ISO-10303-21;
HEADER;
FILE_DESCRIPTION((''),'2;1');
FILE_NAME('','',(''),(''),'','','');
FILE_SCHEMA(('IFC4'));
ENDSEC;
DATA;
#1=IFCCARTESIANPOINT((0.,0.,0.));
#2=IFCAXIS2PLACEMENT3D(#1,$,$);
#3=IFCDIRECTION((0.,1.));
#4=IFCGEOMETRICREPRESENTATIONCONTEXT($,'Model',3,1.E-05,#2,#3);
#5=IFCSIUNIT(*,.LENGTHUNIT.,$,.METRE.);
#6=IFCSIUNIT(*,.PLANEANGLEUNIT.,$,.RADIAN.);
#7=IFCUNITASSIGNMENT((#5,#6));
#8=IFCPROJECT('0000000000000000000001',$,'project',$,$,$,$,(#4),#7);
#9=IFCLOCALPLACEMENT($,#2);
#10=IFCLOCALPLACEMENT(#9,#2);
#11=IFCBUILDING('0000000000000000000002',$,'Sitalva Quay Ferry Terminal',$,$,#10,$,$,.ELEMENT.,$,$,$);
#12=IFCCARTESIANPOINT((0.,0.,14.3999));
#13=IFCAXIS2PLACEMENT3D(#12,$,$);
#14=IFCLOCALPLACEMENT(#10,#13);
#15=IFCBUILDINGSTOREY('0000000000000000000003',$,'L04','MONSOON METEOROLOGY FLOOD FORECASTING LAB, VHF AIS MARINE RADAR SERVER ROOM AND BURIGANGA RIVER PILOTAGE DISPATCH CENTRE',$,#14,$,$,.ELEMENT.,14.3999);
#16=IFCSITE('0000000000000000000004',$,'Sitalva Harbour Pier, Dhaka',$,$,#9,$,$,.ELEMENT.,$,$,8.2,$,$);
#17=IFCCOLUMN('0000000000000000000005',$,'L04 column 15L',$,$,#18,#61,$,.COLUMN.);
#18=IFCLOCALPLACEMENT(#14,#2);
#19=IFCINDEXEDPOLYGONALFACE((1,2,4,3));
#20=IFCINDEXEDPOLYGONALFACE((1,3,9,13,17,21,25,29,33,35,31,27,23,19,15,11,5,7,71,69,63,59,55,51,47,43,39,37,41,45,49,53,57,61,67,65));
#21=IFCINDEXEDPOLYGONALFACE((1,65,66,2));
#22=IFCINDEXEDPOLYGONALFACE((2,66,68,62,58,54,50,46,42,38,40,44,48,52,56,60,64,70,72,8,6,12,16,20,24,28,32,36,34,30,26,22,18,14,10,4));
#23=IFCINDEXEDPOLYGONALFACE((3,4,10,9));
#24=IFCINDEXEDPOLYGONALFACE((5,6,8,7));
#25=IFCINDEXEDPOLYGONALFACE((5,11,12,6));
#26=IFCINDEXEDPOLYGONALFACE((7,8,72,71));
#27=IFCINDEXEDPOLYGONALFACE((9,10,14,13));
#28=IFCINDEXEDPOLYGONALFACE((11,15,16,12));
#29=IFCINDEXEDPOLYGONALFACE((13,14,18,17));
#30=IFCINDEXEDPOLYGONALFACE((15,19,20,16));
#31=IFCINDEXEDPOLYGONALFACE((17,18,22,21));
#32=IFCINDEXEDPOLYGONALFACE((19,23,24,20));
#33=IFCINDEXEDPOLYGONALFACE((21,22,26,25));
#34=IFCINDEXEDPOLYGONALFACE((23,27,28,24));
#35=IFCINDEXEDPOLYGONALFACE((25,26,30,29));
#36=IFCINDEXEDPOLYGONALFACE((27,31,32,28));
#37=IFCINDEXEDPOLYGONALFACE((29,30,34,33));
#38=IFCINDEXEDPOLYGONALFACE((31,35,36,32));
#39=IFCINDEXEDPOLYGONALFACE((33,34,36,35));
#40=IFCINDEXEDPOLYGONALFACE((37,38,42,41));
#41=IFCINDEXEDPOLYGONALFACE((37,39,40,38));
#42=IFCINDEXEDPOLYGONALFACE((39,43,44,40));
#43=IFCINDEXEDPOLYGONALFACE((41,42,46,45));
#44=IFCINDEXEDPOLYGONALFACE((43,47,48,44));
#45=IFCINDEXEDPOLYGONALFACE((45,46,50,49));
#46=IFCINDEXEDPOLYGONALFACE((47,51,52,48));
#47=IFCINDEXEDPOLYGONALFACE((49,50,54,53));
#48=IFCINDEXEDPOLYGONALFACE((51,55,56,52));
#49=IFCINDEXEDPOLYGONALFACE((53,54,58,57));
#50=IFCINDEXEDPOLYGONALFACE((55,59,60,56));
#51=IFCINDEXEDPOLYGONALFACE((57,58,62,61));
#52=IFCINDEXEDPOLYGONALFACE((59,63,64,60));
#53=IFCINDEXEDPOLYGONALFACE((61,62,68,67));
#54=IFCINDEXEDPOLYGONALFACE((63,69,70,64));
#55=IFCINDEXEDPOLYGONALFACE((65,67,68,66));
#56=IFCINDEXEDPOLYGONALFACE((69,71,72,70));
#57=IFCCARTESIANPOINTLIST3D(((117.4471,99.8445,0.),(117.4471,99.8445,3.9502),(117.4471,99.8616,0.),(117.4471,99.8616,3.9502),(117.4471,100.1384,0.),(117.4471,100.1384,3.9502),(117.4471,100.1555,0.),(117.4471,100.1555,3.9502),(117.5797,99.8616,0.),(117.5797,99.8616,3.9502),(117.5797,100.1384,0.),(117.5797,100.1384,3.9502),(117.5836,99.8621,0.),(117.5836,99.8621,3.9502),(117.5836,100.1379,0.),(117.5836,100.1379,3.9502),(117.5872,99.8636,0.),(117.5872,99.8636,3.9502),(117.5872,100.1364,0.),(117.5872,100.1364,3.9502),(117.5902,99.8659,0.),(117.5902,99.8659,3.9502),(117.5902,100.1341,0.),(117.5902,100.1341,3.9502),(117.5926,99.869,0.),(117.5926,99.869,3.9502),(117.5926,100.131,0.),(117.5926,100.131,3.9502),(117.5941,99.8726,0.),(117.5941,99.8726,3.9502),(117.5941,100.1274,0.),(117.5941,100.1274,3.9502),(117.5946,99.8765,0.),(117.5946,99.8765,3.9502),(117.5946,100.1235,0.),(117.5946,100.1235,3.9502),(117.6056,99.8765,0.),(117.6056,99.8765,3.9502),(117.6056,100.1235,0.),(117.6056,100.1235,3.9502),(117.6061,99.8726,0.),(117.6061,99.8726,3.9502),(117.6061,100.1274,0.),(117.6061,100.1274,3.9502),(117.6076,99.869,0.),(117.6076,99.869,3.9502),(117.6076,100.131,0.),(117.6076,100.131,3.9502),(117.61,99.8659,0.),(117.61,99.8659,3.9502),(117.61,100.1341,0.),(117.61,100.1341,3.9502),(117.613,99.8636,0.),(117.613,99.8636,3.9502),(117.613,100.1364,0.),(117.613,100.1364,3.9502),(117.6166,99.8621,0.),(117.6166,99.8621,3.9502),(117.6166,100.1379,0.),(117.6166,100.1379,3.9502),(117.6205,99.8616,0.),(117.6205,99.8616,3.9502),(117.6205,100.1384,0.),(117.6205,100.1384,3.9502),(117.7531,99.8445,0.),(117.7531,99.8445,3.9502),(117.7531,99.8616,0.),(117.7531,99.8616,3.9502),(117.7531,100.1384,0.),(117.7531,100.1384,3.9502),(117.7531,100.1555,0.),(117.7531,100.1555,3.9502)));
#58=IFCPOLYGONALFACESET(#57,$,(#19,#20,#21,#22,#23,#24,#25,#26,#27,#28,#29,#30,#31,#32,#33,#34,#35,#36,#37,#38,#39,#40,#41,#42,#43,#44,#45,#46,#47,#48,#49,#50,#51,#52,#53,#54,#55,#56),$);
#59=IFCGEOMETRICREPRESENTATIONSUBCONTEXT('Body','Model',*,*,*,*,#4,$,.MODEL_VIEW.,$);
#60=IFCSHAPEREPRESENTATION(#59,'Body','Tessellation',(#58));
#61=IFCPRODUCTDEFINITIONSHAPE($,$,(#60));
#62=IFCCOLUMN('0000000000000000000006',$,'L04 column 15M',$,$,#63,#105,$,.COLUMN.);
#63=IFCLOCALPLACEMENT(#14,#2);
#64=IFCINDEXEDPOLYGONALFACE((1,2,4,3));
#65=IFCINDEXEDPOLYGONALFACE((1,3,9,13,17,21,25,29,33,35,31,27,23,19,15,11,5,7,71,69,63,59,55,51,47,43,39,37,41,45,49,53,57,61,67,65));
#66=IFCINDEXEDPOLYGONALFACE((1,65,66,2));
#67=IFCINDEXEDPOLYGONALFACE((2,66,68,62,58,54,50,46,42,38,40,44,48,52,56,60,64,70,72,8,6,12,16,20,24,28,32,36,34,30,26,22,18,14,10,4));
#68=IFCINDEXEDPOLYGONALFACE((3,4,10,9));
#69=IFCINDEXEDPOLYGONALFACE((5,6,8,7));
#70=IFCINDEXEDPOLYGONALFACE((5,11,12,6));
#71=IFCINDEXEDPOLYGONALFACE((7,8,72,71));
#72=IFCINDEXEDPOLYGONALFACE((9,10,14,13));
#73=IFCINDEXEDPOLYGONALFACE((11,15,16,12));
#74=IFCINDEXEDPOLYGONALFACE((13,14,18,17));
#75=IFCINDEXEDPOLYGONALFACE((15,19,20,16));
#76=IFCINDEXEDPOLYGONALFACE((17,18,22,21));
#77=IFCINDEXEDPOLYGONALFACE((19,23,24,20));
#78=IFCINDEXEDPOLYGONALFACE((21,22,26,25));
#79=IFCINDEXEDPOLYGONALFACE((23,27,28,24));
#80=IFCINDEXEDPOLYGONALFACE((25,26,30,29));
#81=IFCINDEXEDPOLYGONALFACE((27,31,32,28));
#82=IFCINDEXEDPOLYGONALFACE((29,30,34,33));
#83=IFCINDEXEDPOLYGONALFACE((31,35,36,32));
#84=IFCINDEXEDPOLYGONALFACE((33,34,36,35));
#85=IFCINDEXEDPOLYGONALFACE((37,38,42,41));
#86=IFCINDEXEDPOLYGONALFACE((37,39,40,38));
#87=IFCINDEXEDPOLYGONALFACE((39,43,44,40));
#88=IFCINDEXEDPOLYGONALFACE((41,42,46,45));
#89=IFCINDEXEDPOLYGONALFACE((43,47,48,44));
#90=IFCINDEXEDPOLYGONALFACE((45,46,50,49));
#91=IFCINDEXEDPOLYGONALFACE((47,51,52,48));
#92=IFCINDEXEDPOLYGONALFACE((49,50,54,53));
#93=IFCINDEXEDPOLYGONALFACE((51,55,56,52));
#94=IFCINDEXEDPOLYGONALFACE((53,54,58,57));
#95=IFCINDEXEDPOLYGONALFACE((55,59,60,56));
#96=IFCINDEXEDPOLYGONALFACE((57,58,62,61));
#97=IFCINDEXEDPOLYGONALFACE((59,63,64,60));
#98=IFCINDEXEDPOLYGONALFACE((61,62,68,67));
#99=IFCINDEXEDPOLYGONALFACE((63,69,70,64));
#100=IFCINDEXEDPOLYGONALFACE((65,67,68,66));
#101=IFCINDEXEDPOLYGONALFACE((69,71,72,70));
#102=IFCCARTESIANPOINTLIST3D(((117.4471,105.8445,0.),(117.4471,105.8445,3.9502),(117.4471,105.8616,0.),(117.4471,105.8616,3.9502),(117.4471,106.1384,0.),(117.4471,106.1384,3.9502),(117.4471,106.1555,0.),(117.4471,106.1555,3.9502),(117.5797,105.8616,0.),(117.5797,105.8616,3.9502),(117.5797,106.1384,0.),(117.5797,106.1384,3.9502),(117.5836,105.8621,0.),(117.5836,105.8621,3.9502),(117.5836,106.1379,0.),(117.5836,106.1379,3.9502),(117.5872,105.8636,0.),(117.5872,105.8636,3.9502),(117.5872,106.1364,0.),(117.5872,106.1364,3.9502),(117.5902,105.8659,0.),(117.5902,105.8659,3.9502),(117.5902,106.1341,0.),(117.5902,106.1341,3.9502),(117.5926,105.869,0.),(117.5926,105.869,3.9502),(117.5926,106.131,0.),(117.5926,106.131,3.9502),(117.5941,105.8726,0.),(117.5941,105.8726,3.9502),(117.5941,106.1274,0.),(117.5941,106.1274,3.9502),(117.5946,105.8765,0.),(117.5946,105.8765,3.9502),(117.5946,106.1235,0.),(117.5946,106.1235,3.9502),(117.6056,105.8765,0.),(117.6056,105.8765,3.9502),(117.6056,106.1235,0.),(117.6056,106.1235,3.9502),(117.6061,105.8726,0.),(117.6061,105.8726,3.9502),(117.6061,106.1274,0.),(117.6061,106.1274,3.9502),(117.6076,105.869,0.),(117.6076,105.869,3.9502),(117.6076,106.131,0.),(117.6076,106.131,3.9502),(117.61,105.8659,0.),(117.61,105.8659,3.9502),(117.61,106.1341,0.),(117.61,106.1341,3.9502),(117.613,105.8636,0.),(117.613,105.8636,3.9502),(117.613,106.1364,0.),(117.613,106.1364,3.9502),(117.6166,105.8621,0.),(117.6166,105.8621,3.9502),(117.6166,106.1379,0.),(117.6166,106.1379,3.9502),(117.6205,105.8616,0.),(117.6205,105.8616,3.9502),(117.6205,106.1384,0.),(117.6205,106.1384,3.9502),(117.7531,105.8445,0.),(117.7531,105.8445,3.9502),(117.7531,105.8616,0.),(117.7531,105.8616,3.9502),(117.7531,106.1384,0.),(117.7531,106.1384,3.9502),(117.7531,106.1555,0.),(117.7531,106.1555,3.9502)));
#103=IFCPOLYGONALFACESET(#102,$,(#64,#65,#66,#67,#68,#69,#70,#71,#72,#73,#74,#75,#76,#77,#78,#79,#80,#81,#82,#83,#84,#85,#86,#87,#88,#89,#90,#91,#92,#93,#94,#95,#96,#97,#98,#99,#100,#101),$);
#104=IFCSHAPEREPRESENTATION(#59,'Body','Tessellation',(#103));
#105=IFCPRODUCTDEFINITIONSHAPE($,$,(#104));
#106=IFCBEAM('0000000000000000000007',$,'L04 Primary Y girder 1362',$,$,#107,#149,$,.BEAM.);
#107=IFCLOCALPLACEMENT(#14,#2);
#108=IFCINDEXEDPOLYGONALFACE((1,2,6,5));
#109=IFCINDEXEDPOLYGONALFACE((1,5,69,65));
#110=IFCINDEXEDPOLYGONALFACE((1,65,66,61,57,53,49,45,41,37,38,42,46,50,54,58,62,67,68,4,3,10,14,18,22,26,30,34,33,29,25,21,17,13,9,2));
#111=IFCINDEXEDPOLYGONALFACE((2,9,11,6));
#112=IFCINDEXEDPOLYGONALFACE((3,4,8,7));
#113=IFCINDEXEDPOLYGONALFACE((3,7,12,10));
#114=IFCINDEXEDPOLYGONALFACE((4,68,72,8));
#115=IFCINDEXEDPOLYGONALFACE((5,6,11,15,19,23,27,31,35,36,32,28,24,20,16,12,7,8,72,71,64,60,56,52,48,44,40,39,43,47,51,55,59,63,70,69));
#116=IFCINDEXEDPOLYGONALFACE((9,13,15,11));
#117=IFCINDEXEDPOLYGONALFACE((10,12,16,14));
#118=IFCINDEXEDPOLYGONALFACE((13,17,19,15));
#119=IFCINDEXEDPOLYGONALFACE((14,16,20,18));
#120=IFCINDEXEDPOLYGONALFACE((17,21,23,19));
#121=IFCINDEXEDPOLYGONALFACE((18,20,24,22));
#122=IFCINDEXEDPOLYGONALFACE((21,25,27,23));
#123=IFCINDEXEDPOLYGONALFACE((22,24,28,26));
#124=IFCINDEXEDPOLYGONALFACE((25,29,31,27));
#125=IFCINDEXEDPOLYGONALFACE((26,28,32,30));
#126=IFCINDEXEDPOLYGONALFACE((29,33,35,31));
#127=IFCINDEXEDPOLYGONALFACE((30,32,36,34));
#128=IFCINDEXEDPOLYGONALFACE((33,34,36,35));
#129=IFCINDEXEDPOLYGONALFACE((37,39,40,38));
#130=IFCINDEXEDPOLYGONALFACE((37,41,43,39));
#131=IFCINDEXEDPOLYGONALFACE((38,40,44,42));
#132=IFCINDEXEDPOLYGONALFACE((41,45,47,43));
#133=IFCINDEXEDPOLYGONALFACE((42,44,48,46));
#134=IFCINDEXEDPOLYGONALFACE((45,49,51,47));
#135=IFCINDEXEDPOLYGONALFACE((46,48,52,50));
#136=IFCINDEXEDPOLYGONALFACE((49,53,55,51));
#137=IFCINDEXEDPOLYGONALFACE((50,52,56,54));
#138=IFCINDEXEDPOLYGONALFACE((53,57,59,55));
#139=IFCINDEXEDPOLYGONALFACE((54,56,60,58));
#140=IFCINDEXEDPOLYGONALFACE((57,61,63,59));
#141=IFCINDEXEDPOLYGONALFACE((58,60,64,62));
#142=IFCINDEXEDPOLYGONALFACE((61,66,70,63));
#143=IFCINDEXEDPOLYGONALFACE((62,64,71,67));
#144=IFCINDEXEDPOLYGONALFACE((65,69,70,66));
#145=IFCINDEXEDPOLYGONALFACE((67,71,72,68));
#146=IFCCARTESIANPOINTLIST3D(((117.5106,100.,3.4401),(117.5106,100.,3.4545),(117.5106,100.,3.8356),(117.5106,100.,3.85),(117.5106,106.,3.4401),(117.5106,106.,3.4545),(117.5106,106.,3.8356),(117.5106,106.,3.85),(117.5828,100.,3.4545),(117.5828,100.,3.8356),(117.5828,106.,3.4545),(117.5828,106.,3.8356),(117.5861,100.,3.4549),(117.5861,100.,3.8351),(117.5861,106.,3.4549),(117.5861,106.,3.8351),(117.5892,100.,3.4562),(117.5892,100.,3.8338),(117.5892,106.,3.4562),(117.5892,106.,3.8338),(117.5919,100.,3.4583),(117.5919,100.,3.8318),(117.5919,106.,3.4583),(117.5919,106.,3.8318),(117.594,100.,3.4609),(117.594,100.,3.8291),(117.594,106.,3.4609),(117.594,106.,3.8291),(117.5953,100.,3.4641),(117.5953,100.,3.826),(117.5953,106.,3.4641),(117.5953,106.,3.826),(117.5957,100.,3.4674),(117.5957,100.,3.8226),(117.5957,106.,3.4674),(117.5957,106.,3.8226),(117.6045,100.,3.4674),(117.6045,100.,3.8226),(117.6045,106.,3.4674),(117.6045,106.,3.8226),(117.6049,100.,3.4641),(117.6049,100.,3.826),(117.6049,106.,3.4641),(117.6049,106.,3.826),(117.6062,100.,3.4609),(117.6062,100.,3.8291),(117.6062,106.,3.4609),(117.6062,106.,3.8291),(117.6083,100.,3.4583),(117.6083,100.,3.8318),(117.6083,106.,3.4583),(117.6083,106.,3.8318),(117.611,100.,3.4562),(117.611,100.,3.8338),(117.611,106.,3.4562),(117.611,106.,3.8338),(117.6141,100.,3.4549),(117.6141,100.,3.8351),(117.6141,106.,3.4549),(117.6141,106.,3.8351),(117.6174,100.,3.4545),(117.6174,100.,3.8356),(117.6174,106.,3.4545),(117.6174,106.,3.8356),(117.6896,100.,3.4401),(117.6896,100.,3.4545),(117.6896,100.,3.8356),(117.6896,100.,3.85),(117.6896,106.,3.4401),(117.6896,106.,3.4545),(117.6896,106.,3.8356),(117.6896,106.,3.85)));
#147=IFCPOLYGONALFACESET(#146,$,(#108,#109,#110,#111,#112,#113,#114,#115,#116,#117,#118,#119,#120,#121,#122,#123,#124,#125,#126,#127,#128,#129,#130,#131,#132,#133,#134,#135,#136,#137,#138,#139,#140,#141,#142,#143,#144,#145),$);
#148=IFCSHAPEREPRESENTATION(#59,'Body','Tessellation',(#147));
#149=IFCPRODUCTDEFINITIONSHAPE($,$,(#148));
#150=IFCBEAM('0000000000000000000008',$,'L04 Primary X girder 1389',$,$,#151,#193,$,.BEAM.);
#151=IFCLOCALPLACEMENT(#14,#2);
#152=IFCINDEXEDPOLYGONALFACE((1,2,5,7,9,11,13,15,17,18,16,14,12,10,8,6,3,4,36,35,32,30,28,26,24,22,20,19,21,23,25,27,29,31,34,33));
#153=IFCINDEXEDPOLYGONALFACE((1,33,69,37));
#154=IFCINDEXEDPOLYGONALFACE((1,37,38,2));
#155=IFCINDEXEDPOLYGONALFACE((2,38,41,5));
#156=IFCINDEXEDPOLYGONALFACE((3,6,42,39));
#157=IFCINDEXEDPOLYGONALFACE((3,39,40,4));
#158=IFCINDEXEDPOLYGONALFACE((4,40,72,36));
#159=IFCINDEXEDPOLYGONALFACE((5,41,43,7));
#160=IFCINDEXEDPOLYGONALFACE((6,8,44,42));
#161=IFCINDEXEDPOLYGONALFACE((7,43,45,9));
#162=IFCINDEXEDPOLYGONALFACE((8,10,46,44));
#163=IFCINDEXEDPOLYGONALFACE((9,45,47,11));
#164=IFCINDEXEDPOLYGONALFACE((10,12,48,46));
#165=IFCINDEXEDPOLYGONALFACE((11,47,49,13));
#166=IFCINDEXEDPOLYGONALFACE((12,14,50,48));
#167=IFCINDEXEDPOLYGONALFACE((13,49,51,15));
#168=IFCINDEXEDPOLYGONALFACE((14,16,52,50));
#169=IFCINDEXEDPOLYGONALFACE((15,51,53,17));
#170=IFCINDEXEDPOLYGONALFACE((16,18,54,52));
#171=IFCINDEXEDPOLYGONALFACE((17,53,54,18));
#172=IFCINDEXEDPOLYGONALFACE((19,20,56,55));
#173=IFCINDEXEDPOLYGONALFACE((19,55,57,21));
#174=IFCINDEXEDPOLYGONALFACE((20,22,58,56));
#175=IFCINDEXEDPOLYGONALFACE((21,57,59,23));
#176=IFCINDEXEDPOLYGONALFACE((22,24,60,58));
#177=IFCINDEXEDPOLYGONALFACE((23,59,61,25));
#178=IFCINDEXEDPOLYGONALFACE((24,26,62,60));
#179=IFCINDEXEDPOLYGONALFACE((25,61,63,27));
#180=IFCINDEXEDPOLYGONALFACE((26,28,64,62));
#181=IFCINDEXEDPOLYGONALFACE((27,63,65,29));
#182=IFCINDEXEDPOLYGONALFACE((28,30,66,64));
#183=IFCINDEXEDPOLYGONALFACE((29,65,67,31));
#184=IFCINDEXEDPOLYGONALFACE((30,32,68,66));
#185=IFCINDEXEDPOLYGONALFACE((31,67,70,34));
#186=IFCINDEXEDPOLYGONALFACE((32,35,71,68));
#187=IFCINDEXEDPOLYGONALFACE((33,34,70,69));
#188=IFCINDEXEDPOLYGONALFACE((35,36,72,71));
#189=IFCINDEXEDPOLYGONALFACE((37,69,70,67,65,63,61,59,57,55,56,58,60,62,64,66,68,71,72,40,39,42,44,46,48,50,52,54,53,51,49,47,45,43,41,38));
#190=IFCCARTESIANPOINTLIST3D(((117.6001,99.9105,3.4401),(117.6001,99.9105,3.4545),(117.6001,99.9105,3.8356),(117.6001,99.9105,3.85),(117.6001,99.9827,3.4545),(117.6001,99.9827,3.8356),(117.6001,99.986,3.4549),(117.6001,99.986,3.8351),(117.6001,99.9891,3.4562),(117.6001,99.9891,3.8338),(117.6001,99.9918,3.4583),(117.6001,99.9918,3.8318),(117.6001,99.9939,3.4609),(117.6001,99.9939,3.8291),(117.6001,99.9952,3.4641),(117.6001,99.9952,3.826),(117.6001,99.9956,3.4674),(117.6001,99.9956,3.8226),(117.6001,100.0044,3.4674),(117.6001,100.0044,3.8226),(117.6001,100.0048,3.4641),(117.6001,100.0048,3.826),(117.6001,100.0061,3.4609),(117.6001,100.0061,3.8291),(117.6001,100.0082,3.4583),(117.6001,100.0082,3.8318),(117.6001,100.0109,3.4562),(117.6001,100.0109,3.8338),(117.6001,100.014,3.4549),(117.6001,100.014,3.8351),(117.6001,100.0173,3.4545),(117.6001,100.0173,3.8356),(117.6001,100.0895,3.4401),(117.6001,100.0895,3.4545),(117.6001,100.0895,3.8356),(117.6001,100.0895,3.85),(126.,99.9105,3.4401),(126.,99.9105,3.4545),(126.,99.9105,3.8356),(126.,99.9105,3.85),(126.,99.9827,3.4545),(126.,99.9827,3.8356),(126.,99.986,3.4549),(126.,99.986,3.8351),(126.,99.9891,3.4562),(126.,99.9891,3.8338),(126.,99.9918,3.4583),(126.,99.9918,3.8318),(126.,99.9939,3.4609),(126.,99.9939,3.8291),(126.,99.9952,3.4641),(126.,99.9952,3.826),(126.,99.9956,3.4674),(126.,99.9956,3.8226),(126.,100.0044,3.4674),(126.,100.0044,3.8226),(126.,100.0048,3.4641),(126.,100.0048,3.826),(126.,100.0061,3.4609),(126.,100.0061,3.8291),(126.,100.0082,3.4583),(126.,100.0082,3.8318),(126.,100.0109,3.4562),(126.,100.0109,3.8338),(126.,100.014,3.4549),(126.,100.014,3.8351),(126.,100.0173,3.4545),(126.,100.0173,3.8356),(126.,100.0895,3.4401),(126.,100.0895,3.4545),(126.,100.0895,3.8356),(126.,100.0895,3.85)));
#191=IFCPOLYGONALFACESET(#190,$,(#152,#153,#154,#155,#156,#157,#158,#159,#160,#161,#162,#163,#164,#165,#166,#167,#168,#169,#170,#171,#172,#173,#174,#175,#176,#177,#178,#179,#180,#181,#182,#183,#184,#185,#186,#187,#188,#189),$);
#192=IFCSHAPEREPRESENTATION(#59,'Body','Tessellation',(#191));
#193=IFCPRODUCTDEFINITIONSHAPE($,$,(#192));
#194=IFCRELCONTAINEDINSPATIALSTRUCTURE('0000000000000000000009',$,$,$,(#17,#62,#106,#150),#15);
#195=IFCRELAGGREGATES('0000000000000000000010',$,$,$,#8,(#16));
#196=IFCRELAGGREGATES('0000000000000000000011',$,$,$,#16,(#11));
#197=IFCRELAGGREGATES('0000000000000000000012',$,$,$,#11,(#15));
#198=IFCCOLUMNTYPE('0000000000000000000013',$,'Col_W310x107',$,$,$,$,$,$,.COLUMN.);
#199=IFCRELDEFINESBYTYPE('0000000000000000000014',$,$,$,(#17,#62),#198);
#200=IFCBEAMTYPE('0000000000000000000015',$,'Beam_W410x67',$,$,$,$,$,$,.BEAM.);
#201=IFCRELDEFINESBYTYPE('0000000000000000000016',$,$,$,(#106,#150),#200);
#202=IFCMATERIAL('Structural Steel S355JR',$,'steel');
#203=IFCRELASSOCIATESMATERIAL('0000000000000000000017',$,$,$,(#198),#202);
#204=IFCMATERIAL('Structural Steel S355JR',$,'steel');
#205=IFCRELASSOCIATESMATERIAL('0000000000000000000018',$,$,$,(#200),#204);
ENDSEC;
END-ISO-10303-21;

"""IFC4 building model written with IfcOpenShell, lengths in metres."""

from ifc_helpers import new_model, si_unit, direction, frame, origin, origin_2d, place, context, subcontext, project, spatial, i_section, extrude, material, material_profile, profile_set, type_object, element, save


model = new_model("IFC4")

# Units and contexts
model_context = context("Model", 3, precision=1e-05, world=origin(), true_north=direction((0.0, 1.0)))
body_context = subcontext(model_context, "Body", "Model", "MODEL_VIEW")
ifc_project = project(units=[si_unit("LENGTHUNIT", "METRE"), si_unit("PLANEANGLEUNIT", "RADIAN")], contexts=[model_context])

# Site, building, storey
site_placement = place(None, origin())
site = spatial("IfcSite", under=ifc_project, at=site_placement, Name="Sitalva Harbour Pier, Dhaka", CompositionType="ELEMENT", RefElevation=8.2)
building_placement = place(site_placement, origin())
building = spatial("IfcBuilding", under=site, at=building_placement, Name="Sitalva Quay Ferry Terminal", CompositionType="ELEMENT")
storey_placement = place(building_placement, frame((0.0, 0.0, 14.3999)))
storey = spatial("IfcBuildingStorey", under=building, at=storey_placement, Name="L04", Description="MONSOON METEOROLOGY FLOOD FORECASTING LAB, VHF AIS MARINE RADAR SERVER ROOM AND BURIGANGA RIVER PILOTAGE DISPATCH CENTRE", CompositionType="ELEMENT", Elevation=14.3999)

# Columns
ifc_material_1 = material(Name="Structural Steel S355JR", Category="steel")
ifc_material_profile_1 = material_profile(ifc_material_1, i_section(OverallWidth=0.3059, OverallDepth=0.311, WebThickness=0.011, FlangeThickness=0.0171, FilletRadius=0.0149, at=origin_2d()), Name="W310x107")
ifc_profile_set_1 = profile_set([ifc_material_profile_1], Name="Structural Steel S355JR")
column_type = type_object("IfcColumnType", Name="Col_W310x107", PredefinedType="COLUMN", material=ifc_profile_set_1)
for number, where, z_axis, x_axis, name in (
    (1, (117.6001, 100.0, 0.0), (0.0, 0.0, 1.0), (1.0, 0.0, 0.0), "L04 column 15L"),
    (2, (117.6001, 106.0, 0.0), (0.0, 0.0, 1.0), (1.0, 0.0, 0.0), "L04 column 15M"),
):
    element("IfcColumn", number, at=place(storey_placement, frame(where, z_axis=z_axis, x_axis=x_axis)), inside=storey, type_object=column_type, Name=name, PredefinedType="COLUMN", context=body_context, shape_type="SweptSolid", body=[
        extrude(i_section(OverallWidth=0.3059, OverallDepth=0.311, WebThickness=0.011, FlangeThickness=0.0171, FilletRadius=0.0149, at=origin_2d()), origin(), (0.0, 0.0, 1.0), 3.9502),
    ])

# Beams
ifc_material_2 = material(Name="Structural Steel S355JR", Category="steel")
ifc_material_profile_2 = material_profile(ifc_material_2, i_section(OverallWidth=0.179, OverallDepth=0.4099, WebThickness=0.0088, FlangeThickness=0.0144, FilletRadius=0.0129, at=origin_2d()), Name="W410x67")
ifc_profile_set_2 = profile_set([ifc_material_profile_2], Name="Structural Steel S355JR")
beam_type_1 = type_object("IfcBeamType", Name="Beam_W410x67", PredefinedType="BEAM", material=ifc_profile_set_2)
beam_1_placement = place(storey_placement, frame((117.6001, 100.0, 3.645), z_axis=(0.0, 1.0, 0.0), x_axis=(-1.0, 0.0, 0.0)))
element("IfcBeam", 3, at=beam_1_placement, inside=storey, type_object=beam_type_1, Name="L04 Primary Y girder 1362", PredefinedType="BEAM", context=body_context, shape_type="SweptSolid", body=[
    extrude(i_section(OverallWidth=0.179, OverallDepth=0.4099, WebThickness=0.0088, FlangeThickness=0.0144, FilletRadius=0.0129, at=origin_2d()), origin(), (0.0, 0.0, 1.0), 6.0),
])
for number, where, z_axis, x_axis, name in (
    (4, (117.6001, 100.0, 3.645), (1.0, 0.0, 0.0), (0.0, 1.0, 0.0), "L04 Primary X girder 1389"),
):
    element("IfcBeam", number, at=place(storey_placement, frame(where, z_axis=z_axis, x_axis=x_axis)), inside=storey, type_object=beam_type_1, Name=name, PredefinedType="BEAM", context=body_context, shape_type="SweptSolid", body=[
        extrude(i_section(OverallWidth=0.179, OverallDepth=0.4099, WebThickness=0.0088, FlangeThickness=0.0144, FilletRadius=0.0129, at=origin_2d()), origin(), (0.0, 0.0, 1.0), 8.3999),
    ])

save(model, "model.ifc")
